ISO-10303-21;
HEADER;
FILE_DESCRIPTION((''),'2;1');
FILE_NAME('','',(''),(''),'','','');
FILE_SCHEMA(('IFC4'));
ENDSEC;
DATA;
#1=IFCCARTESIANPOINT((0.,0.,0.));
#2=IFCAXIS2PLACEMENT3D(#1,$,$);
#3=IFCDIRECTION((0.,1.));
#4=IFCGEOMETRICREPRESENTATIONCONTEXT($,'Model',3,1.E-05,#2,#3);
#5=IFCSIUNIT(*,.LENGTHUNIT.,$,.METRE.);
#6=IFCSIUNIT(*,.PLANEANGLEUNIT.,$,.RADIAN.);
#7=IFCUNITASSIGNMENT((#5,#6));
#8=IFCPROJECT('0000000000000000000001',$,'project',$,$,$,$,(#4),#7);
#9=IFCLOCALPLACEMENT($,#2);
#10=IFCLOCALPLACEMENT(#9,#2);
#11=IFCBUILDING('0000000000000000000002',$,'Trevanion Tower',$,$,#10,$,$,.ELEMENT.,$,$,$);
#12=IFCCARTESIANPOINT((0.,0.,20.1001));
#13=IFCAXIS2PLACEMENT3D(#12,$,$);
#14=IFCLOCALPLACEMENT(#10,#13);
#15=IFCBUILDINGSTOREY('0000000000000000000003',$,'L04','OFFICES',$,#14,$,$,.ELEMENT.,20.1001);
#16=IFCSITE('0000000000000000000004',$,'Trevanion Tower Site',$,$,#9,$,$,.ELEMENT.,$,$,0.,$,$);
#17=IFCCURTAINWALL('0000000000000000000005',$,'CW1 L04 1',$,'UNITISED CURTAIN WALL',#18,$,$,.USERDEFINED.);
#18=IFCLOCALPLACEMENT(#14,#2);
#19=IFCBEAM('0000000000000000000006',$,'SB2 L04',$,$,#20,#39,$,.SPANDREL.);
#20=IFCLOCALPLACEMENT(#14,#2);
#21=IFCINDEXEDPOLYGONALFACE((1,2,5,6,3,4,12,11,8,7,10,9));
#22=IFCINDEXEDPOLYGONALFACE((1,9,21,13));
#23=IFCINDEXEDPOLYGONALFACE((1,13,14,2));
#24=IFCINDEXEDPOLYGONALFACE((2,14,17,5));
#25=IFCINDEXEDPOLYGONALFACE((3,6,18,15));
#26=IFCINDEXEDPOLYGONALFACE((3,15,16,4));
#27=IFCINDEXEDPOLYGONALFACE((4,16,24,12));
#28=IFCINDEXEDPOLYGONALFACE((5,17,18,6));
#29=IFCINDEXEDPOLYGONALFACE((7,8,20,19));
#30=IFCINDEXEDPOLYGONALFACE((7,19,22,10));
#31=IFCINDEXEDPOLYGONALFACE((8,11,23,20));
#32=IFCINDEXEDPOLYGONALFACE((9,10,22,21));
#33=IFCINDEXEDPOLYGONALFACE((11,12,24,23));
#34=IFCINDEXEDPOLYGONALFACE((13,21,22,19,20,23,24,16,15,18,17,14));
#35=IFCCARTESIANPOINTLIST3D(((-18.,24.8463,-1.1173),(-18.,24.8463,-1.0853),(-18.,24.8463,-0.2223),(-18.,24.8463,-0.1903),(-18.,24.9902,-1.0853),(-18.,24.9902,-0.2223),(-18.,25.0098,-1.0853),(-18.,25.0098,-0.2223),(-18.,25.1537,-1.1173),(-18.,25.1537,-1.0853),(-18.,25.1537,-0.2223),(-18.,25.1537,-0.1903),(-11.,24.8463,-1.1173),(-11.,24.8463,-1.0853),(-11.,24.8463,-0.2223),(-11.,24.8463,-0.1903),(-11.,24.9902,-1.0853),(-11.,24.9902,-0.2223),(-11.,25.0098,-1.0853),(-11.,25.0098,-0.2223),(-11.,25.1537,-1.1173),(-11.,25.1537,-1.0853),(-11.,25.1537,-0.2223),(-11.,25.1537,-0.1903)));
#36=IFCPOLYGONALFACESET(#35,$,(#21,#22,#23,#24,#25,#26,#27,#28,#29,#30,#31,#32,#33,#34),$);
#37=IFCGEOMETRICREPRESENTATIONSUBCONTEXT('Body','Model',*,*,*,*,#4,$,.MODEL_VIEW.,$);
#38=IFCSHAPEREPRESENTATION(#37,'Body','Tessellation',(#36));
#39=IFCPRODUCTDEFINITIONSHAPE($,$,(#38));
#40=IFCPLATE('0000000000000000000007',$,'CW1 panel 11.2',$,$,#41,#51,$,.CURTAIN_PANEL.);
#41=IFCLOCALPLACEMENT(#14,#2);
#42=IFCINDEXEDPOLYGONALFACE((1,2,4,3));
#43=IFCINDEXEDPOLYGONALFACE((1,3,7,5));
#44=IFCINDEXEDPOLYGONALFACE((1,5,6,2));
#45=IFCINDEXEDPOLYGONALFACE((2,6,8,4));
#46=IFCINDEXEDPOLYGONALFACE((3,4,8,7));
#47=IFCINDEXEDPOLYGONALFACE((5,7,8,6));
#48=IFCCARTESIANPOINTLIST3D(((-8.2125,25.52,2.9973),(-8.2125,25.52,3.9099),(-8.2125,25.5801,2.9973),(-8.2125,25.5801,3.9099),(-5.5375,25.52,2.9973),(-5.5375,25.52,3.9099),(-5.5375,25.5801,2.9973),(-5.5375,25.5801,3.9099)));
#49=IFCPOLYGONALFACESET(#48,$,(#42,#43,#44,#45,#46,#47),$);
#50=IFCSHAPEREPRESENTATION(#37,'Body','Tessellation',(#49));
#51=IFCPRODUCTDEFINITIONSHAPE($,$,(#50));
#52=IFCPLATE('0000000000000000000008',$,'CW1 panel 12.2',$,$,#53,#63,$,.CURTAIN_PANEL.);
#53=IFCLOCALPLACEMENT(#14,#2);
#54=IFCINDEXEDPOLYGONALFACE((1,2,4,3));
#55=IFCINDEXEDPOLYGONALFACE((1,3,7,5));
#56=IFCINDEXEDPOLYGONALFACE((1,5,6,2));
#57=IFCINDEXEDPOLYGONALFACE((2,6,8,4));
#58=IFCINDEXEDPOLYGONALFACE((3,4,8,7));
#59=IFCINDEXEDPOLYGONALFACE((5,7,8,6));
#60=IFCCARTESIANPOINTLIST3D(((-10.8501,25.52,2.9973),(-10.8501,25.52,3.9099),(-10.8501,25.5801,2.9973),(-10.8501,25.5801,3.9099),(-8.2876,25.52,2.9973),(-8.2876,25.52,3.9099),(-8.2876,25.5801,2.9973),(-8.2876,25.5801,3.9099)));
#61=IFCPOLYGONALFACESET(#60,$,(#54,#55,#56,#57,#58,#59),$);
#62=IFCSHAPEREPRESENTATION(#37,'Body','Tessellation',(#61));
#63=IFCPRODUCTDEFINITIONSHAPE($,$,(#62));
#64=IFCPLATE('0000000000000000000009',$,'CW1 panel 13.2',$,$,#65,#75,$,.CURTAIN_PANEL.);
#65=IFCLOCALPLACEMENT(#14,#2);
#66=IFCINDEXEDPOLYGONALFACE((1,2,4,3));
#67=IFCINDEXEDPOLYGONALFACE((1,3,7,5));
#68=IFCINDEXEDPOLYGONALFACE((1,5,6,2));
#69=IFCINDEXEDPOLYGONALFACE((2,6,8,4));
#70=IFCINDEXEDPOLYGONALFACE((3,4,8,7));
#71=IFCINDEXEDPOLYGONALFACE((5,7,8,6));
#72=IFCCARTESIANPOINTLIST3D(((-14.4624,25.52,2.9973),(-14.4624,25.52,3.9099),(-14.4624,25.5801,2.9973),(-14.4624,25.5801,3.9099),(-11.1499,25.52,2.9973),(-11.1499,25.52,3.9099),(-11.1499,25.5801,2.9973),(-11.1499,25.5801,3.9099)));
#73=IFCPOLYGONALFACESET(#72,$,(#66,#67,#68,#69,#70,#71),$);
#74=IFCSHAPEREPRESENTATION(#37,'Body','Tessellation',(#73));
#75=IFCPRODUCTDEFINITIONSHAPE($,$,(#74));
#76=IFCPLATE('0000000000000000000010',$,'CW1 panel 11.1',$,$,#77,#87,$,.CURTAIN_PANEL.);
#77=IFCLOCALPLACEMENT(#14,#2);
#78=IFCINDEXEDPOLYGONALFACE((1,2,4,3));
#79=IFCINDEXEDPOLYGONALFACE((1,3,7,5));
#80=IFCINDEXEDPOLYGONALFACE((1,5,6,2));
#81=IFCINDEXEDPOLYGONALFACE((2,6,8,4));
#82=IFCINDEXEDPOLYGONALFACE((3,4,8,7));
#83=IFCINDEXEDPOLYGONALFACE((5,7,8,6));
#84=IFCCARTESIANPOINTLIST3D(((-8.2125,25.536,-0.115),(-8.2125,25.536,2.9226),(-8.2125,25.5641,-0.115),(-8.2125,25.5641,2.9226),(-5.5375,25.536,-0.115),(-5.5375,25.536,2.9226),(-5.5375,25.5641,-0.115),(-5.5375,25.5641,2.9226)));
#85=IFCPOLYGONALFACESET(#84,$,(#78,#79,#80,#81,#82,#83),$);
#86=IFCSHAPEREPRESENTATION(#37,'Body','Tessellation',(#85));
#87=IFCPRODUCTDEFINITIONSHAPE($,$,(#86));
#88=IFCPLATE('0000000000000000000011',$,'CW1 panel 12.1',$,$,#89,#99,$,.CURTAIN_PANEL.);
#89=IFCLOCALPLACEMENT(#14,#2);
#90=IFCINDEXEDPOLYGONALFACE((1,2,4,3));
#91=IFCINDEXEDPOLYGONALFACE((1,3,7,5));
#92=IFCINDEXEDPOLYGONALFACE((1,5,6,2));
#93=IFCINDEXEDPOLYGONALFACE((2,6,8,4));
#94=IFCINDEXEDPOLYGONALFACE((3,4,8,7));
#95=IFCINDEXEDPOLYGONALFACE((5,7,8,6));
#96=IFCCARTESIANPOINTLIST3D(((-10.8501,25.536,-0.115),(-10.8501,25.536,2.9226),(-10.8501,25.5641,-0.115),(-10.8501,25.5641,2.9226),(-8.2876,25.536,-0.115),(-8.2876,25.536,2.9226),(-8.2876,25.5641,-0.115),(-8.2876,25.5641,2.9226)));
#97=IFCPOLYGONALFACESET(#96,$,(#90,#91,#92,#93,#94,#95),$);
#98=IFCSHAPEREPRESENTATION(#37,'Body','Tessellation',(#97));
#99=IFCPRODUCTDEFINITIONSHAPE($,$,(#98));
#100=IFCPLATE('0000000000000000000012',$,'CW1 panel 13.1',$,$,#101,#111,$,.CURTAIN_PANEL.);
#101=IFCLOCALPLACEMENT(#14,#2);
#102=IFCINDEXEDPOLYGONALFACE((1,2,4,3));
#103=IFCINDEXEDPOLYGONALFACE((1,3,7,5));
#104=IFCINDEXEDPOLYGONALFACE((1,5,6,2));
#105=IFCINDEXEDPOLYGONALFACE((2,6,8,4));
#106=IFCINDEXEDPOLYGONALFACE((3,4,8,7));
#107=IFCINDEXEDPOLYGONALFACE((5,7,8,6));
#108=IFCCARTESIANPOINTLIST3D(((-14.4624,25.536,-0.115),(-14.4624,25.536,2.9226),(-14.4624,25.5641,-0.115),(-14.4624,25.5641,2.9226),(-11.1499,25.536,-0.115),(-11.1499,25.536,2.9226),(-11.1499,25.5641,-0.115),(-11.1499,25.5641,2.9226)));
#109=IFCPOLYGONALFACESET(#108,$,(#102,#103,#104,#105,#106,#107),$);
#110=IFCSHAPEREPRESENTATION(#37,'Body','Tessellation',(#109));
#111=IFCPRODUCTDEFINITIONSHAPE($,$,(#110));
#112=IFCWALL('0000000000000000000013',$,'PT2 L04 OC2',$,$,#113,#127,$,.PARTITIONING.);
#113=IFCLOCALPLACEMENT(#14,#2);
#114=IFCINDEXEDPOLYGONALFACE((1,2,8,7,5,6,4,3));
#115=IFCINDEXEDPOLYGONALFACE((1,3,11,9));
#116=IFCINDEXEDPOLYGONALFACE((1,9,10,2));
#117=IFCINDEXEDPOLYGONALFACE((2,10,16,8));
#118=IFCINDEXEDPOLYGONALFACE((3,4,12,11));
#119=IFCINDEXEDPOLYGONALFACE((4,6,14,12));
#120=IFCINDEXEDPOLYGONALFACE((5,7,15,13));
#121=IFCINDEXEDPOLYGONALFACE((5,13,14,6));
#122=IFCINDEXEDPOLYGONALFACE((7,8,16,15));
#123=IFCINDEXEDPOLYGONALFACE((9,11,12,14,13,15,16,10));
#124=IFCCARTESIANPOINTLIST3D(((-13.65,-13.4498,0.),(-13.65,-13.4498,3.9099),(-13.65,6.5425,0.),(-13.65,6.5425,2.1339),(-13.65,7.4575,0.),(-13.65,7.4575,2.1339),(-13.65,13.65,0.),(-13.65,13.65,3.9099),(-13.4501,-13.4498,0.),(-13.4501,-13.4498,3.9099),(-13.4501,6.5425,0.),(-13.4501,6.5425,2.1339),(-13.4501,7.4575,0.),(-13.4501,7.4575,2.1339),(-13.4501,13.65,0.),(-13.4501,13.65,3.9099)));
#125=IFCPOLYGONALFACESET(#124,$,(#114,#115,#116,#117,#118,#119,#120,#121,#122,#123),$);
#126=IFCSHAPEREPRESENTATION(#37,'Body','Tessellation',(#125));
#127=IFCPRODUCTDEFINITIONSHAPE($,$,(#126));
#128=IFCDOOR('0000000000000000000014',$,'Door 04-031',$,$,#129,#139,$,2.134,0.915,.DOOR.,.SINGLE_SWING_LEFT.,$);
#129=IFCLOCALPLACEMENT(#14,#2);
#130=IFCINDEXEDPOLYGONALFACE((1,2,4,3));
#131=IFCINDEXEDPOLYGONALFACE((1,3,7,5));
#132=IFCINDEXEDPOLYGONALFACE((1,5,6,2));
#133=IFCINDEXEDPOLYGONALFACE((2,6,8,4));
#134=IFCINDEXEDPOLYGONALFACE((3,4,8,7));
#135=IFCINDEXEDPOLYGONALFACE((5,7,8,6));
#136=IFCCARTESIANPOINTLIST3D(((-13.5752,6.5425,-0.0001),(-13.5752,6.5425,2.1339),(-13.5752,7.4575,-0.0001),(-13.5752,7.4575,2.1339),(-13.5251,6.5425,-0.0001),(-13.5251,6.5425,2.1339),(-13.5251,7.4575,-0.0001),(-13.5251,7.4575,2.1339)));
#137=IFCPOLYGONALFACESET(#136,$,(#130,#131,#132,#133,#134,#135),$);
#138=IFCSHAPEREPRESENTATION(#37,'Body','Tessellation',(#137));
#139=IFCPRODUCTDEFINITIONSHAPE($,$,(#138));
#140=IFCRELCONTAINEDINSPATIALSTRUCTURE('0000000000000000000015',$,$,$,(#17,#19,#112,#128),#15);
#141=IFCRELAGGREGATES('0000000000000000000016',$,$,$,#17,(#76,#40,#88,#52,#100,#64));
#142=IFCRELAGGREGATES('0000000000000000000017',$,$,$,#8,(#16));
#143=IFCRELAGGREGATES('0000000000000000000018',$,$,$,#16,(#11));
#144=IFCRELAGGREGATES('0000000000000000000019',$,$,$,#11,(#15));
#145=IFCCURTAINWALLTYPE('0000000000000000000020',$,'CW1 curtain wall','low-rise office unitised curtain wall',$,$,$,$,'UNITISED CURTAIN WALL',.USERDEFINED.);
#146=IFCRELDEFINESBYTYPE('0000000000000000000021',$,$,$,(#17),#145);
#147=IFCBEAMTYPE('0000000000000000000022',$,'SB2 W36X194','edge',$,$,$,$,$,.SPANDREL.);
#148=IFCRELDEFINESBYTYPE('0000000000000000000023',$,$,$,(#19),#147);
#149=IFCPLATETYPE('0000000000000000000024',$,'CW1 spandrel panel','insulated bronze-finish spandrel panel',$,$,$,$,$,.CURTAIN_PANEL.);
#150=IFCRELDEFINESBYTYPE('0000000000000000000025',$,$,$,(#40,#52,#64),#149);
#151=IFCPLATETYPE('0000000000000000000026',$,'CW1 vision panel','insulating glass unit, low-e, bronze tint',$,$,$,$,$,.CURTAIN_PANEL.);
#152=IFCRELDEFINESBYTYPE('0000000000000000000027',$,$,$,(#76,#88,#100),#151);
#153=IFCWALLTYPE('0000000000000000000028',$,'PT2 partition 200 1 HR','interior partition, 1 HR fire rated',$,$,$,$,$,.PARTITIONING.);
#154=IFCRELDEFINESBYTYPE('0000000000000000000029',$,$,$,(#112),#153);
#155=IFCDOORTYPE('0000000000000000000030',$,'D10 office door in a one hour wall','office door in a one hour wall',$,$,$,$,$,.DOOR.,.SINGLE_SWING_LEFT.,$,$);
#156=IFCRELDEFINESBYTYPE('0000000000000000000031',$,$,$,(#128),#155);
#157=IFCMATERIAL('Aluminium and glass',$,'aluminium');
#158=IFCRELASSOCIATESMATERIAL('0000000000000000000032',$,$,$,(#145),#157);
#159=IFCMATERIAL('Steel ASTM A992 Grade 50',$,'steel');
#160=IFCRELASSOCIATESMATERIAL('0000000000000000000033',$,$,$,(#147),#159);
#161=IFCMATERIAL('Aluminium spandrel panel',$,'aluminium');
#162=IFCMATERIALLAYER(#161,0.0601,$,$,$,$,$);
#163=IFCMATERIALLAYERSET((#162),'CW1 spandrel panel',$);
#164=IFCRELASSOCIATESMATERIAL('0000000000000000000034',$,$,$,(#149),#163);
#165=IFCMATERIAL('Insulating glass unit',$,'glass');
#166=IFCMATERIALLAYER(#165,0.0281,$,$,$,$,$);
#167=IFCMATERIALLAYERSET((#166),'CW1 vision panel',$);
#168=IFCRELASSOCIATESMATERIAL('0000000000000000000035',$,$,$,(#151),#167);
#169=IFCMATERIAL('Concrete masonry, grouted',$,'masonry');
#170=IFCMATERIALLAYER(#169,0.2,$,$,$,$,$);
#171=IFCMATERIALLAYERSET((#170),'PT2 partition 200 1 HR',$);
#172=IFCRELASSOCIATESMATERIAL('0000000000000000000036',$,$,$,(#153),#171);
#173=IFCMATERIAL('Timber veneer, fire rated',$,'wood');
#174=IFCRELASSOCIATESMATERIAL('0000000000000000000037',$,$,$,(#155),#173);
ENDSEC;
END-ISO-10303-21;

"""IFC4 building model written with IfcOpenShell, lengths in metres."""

from ifc_helpers import new_model, si_unit, direction, frame, frame_2d, origin, origin_2d, place, context, subcontext, project, spatial, rectangle, i_section, extrude, material, layer, layer_set, material_profile, profile_set, type_object, element, fill, aggregate, save


model = new_model("IFC4")

# Units and contexts
model_context = context("Model", 3, precision=1e-05, world=origin(), true_north=direction((0.0, 1.0)))
body_context = subcontext(model_context, "Body", "Model", "MODEL_VIEW")
ifc_project = project(units=[si_unit("LENGTHUNIT", "METRE"), si_unit("PLANEANGLEUNIT", "RADIAN")], contexts=[model_context])

# Site, building, storey
site_placement = place(None, origin())
site = spatial("IfcSite", under=ifc_project, at=site_placement, Name="Trevanion Tower Site", CompositionType="ELEMENT", RefElevation=0.0)
building_placement = place(site_placement, origin())
building = spatial("IfcBuilding", under=site, at=building_placement, Name="Trevanion Tower", CompositionType="ELEMENT")
storey_placement = place(building_placement, frame((0.0, 0.0, 20.1001)))
storey = spatial("IfcBuildingStorey", under=building, at=storey_placement, Name="L04", Description="OFFICES", CompositionType="ELEMENT", Elevation=20.1001)

# Curtain wall
ifc_material_1 = material(Name="Aluminium and glass", Category="aluminium")
curtain_wall_type = type_object("IfcCurtainWallType", Name="CW1 curtain wall", Description="low-rise office unitised curtain wall", ElementType="UNITISED CURTAIN WALL", PredefinedType="USERDEFINED", material=ifc_material_1)
curtain_wall_placement = place(storey_placement, origin())
curtain_wall = element("IfcCurtainWall", 1, at=curtain_wall_placement, inside=storey, type_object=curtain_wall_type, Name="CW1 L04 1", ObjectType="UNITISED CURTAIN WALL", PredefinedType="USERDEFINED")

# Beam
ifc_material_2 = material(Name="Steel ASTM A992 Grade 50", Category="steel")
ifc_material_profile_1 = material_profile(ifc_material_2, i_section(OverallWidth=0.3074, OverallDepth=0.927, WebThickness=0.0195, FlangeThickness=0.032, at=origin_2d()), Name="W36X194")
ifc_profile_set_1 = profile_set([ifc_material_profile_1], Name="Steel ASTM A992 Grade 50")
beam_type_1 = type_object("IfcBeamType", Name="SB2 W36X194", Description="edge", PredefinedType="SPANDREL", material=ifc_profile_set_1)
beam_placement = place(storey_placement, frame((-11.0, 25.0, -0.6538), z_axis=(-1.0, 0.0, 0.0), x_axis=(0.0, -1.0, 0.0)))
element("IfcBeam", 2, at=beam_placement, inside=storey, type_object=beam_type_1, Name="SB2 L04", PredefinedType="SPANDREL", context=body_context, shape_type="SweptSolid", body=[
    extrude(i_section(OverallWidth=0.3074, OverallDepth=0.927, WebThickness=0.0195, FlangeThickness=0.032, at=origin_2d()), origin(), (0.0, 0.0, 1.0), 7.0),
])

# Plates
ifc_material_3 = material(Name="Aluminium spandrel panel", Category="aluminium")
ifc_layer_1 = layer(ifc_material_3, 0.0601)
ifc_layer_set_1 = layer_set([ifc_layer_1], Name="CW1 spandrel panel")
plate_type_1 = type_object("IfcPlateType", Name="CW1 spandrel panel", Description="insulated bronze-finish spandrel panel", PredefinedType="CURTAIN_PANEL", material=ifc_layer_set_1)
plate_1_placement = place(storey_placement, frame((-6.875, 25.55, 2.9973), z_axis=(0.0, 0.0, 1.0), x_axis=(-1.0, 0.0, 0.0)))
plate_1 = element("IfcPlate", 3, at=plate_1_placement, type_object=plate_type_1, Name="CW1 panel 11.2", PredefinedType="CURTAIN_PANEL", context=body_context, shape_type="SweptSolid", body=[
    extrude(rectangle(XDim=2.675, YDim=0.0601, at=origin_2d()), origin(), (0.0, 0.0, 1.0), 0.9126),
])
plate_2_placement = place(storey_placement, frame((-9.5688, 25.55, 2.9973), z_axis=(0.0, 0.0, 1.0), x_axis=(-1.0, 0.0, 0.0)))
plate_2 = element("IfcPlate", 4, at=plate_2_placement, type_object=plate_type_1, Name="CW1 panel 12.2", PredefinedType="CURTAIN_PANEL", context=body_context, shape_type="SweptSolid", body=[
    extrude(rectangle(XDim=2.5625, YDim=0.0601, at=origin_2d()), origin(), (0.0, 0.0, 1.0), 0.9126),
])
plate_3_placement = place(storey_placement, frame((-12.8062, 25.55, 2.9973), z_axis=(0.0, 0.0, 1.0), x_axis=(-1.0, 0.0, 0.0)))
plate_3 = element("IfcPlate", 5, at=plate_3_placement, type_object=plate_type_1, Name="CW1 panel 13.2", PredefinedType="CURTAIN_PANEL", context=body_context, shape_type="SweptSolid", body=[
    extrude(rectangle(XDim=3.3125, YDim=0.0601, at=origin_2d()), origin(), (0.0, 0.0, 1.0), 0.9126),
])
ifc_material_4 = material(Name="Insulating glass unit", Category="glass")
ifc_layer_2 = layer(ifc_material_4, 0.0281)
ifc_layer_set_2 = layer_set([ifc_layer_2], Name="CW1 vision panel")
plate_type_2 = type_object("IfcPlateType", Name="CW1 vision panel", Description="insulating glass unit, low-e, bronze tint", PredefinedType="CURTAIN_PANEL", material=ifc_layer_set_2)
plate_4_placement = place(storey_placement, frame((-6.875, 25.55, -0.115), z_axis=(0.0, 0.0, 1.0), x_axis=(-1.0, 0.0, 0.0)))
plate_4 = element("IfcPlate", 6, at=plate_4_placement, type_object=plate_type_2, Name="CW1 panel 11.1", PredefinedType="CURTAIN_PANEL", context=body_context, shape_type="SweptSolid", body=[
    extrude(rectangle(XDim=2.675, YDim=0.0281, at=origin_2d()), origin(), (0.0, 0.0, 1.0), 3.0376),
])
plate_5_placement = place(storey_placement, frame((-9.5688, 25.55, -0.115), z_axis=(0.0, 0.0, 1.0), x_axis=(-1.0, 0.0, 0.0)))
plate_5 = element("IfcPlate", 7, at=plate_5_placement, type_object=plate_type_2, Name="CW1 panel 12.1", PredefinedType="CURTAIN_PANEL", context=body_context, shape_type="SweptSolid", body=[
    extrude(rectangle(XDim=2.5625, YDim=0.0281, at=origin_2d()), origin(), (0.0, 0.0, 1.0), 3.0376),
])
plate_6_placement = place(storey_placement, frame((-12.8062, 25.55, -0.115), z_axis=(0.0, 0.0, 1.0), x_axis=(-1.0, 0.0, 0.0)))
plate_6 = element("IfcPlate", 8, at=plate_6_placement, type_object=plate_type_2, Name="CW1 panel 13.1", PredefinedType="CURTAIN_PANEL", context=body_context, shape_type="SweptSolid", body=[
    extrude(rectangle(XDim=3.3125, YDim=0.0281, at=origin_2d()), origin(), (0.0, 0.0, 1.0), 3.0376),
])
aggregate(curtain_wall, [plate_4, plate_1, plate_5, plate_2, plate_6, plate_3])

# Wall, opening, door
ifc_material_5 = material(Name="Concrete masonry, grouted", Category="masonry")
ifc_layer_3 = layer(ifc_material_5, 0.2)
ifc_layer_set_3 = layer_set([ifc_layer_3], Name="PT2 partition 200 1 HR")
wall_type = type_object("IfcWallType", Name="PT2 partition 200 1 HR", Description="interior partition, 1 HR fire rated", PredefinedType="PARTITIONING", material=ifc_layer_set_3)
wall_placement = place(storey_placement, frame((-13.55, 13.6499, 0.0), z_axis=(0.0, 0.0, 1.0), x_axis=(0.0, -1.0, 0.0)))
wall = element("IfcWall", 9, at=wall_placement, inside=storey, type_object=wall_type, Name="PT2 L04 OC2", PredefinedType="PARTITIONING", context=body_context, shape_type="SweptSolid", body=[
    extrude(rectangle(XDim=27.0999, YDim=0.2, at=frame_2d((13.5498, 0.0))), origin(), (0.0, 0.0, 1.0), 3.9099),
])
opening_placement = place(wall_placement, frame((6.1924, 0.0, 0.0)))
opening = element("IfcOpeningElement", 10, at=opening_placement, cuts=wall, PredefinedType="OPENING", context=body_context, shape_type="SweptSolid", body=[
    extrude(rectangle(XDim=0.915, YDim=2.134, at=frame_2d((0.4575, 1.0669))), frame((0.0, 0.1099, 0.0), z_axis=(0.0, -1.0, 0.0), x_axis=(1.0, 0.0, 0.0)), (0.0, 0.0, 1.0), 0.22),
])
ifc_material_6 = material(Name="Timber veneer, fire rated", Category="wood")
door_type = type_object("IfcDoorType", Name="D10 office door in a one hour wall", Description="office door in a one hour wall", OperationType="SINGLE_SWING_LEFT", PredefinedType="DOOR", material=ifc_material_6)
door_placement = place(opening_placement, origin())
door = element("IfcDoor", 11, at=door_placement, inside=storey, type_object=door_type, Name="Door 04-031", OperationType="SINGLE_SWING_LEFT", OverallHeight=2.134, OverallWidth=0.915, PredefinedType="DOOR", context=body_context, shape_type="SweptSolid", body=[
    extrude(rectangle(XDim=0.915, YDim=2.134, at=frame_2d((0.4575, 1.0669))), frame((0.0, 0.0249, 0.0), z_axis=(0.0, -1.0, 0.0), x_axis=(1.0, 0.0, 0.0)), (0.0, 0.0, 1.0), 0.05),
])
fill(opening, door)

save(model, "model.ifc")
